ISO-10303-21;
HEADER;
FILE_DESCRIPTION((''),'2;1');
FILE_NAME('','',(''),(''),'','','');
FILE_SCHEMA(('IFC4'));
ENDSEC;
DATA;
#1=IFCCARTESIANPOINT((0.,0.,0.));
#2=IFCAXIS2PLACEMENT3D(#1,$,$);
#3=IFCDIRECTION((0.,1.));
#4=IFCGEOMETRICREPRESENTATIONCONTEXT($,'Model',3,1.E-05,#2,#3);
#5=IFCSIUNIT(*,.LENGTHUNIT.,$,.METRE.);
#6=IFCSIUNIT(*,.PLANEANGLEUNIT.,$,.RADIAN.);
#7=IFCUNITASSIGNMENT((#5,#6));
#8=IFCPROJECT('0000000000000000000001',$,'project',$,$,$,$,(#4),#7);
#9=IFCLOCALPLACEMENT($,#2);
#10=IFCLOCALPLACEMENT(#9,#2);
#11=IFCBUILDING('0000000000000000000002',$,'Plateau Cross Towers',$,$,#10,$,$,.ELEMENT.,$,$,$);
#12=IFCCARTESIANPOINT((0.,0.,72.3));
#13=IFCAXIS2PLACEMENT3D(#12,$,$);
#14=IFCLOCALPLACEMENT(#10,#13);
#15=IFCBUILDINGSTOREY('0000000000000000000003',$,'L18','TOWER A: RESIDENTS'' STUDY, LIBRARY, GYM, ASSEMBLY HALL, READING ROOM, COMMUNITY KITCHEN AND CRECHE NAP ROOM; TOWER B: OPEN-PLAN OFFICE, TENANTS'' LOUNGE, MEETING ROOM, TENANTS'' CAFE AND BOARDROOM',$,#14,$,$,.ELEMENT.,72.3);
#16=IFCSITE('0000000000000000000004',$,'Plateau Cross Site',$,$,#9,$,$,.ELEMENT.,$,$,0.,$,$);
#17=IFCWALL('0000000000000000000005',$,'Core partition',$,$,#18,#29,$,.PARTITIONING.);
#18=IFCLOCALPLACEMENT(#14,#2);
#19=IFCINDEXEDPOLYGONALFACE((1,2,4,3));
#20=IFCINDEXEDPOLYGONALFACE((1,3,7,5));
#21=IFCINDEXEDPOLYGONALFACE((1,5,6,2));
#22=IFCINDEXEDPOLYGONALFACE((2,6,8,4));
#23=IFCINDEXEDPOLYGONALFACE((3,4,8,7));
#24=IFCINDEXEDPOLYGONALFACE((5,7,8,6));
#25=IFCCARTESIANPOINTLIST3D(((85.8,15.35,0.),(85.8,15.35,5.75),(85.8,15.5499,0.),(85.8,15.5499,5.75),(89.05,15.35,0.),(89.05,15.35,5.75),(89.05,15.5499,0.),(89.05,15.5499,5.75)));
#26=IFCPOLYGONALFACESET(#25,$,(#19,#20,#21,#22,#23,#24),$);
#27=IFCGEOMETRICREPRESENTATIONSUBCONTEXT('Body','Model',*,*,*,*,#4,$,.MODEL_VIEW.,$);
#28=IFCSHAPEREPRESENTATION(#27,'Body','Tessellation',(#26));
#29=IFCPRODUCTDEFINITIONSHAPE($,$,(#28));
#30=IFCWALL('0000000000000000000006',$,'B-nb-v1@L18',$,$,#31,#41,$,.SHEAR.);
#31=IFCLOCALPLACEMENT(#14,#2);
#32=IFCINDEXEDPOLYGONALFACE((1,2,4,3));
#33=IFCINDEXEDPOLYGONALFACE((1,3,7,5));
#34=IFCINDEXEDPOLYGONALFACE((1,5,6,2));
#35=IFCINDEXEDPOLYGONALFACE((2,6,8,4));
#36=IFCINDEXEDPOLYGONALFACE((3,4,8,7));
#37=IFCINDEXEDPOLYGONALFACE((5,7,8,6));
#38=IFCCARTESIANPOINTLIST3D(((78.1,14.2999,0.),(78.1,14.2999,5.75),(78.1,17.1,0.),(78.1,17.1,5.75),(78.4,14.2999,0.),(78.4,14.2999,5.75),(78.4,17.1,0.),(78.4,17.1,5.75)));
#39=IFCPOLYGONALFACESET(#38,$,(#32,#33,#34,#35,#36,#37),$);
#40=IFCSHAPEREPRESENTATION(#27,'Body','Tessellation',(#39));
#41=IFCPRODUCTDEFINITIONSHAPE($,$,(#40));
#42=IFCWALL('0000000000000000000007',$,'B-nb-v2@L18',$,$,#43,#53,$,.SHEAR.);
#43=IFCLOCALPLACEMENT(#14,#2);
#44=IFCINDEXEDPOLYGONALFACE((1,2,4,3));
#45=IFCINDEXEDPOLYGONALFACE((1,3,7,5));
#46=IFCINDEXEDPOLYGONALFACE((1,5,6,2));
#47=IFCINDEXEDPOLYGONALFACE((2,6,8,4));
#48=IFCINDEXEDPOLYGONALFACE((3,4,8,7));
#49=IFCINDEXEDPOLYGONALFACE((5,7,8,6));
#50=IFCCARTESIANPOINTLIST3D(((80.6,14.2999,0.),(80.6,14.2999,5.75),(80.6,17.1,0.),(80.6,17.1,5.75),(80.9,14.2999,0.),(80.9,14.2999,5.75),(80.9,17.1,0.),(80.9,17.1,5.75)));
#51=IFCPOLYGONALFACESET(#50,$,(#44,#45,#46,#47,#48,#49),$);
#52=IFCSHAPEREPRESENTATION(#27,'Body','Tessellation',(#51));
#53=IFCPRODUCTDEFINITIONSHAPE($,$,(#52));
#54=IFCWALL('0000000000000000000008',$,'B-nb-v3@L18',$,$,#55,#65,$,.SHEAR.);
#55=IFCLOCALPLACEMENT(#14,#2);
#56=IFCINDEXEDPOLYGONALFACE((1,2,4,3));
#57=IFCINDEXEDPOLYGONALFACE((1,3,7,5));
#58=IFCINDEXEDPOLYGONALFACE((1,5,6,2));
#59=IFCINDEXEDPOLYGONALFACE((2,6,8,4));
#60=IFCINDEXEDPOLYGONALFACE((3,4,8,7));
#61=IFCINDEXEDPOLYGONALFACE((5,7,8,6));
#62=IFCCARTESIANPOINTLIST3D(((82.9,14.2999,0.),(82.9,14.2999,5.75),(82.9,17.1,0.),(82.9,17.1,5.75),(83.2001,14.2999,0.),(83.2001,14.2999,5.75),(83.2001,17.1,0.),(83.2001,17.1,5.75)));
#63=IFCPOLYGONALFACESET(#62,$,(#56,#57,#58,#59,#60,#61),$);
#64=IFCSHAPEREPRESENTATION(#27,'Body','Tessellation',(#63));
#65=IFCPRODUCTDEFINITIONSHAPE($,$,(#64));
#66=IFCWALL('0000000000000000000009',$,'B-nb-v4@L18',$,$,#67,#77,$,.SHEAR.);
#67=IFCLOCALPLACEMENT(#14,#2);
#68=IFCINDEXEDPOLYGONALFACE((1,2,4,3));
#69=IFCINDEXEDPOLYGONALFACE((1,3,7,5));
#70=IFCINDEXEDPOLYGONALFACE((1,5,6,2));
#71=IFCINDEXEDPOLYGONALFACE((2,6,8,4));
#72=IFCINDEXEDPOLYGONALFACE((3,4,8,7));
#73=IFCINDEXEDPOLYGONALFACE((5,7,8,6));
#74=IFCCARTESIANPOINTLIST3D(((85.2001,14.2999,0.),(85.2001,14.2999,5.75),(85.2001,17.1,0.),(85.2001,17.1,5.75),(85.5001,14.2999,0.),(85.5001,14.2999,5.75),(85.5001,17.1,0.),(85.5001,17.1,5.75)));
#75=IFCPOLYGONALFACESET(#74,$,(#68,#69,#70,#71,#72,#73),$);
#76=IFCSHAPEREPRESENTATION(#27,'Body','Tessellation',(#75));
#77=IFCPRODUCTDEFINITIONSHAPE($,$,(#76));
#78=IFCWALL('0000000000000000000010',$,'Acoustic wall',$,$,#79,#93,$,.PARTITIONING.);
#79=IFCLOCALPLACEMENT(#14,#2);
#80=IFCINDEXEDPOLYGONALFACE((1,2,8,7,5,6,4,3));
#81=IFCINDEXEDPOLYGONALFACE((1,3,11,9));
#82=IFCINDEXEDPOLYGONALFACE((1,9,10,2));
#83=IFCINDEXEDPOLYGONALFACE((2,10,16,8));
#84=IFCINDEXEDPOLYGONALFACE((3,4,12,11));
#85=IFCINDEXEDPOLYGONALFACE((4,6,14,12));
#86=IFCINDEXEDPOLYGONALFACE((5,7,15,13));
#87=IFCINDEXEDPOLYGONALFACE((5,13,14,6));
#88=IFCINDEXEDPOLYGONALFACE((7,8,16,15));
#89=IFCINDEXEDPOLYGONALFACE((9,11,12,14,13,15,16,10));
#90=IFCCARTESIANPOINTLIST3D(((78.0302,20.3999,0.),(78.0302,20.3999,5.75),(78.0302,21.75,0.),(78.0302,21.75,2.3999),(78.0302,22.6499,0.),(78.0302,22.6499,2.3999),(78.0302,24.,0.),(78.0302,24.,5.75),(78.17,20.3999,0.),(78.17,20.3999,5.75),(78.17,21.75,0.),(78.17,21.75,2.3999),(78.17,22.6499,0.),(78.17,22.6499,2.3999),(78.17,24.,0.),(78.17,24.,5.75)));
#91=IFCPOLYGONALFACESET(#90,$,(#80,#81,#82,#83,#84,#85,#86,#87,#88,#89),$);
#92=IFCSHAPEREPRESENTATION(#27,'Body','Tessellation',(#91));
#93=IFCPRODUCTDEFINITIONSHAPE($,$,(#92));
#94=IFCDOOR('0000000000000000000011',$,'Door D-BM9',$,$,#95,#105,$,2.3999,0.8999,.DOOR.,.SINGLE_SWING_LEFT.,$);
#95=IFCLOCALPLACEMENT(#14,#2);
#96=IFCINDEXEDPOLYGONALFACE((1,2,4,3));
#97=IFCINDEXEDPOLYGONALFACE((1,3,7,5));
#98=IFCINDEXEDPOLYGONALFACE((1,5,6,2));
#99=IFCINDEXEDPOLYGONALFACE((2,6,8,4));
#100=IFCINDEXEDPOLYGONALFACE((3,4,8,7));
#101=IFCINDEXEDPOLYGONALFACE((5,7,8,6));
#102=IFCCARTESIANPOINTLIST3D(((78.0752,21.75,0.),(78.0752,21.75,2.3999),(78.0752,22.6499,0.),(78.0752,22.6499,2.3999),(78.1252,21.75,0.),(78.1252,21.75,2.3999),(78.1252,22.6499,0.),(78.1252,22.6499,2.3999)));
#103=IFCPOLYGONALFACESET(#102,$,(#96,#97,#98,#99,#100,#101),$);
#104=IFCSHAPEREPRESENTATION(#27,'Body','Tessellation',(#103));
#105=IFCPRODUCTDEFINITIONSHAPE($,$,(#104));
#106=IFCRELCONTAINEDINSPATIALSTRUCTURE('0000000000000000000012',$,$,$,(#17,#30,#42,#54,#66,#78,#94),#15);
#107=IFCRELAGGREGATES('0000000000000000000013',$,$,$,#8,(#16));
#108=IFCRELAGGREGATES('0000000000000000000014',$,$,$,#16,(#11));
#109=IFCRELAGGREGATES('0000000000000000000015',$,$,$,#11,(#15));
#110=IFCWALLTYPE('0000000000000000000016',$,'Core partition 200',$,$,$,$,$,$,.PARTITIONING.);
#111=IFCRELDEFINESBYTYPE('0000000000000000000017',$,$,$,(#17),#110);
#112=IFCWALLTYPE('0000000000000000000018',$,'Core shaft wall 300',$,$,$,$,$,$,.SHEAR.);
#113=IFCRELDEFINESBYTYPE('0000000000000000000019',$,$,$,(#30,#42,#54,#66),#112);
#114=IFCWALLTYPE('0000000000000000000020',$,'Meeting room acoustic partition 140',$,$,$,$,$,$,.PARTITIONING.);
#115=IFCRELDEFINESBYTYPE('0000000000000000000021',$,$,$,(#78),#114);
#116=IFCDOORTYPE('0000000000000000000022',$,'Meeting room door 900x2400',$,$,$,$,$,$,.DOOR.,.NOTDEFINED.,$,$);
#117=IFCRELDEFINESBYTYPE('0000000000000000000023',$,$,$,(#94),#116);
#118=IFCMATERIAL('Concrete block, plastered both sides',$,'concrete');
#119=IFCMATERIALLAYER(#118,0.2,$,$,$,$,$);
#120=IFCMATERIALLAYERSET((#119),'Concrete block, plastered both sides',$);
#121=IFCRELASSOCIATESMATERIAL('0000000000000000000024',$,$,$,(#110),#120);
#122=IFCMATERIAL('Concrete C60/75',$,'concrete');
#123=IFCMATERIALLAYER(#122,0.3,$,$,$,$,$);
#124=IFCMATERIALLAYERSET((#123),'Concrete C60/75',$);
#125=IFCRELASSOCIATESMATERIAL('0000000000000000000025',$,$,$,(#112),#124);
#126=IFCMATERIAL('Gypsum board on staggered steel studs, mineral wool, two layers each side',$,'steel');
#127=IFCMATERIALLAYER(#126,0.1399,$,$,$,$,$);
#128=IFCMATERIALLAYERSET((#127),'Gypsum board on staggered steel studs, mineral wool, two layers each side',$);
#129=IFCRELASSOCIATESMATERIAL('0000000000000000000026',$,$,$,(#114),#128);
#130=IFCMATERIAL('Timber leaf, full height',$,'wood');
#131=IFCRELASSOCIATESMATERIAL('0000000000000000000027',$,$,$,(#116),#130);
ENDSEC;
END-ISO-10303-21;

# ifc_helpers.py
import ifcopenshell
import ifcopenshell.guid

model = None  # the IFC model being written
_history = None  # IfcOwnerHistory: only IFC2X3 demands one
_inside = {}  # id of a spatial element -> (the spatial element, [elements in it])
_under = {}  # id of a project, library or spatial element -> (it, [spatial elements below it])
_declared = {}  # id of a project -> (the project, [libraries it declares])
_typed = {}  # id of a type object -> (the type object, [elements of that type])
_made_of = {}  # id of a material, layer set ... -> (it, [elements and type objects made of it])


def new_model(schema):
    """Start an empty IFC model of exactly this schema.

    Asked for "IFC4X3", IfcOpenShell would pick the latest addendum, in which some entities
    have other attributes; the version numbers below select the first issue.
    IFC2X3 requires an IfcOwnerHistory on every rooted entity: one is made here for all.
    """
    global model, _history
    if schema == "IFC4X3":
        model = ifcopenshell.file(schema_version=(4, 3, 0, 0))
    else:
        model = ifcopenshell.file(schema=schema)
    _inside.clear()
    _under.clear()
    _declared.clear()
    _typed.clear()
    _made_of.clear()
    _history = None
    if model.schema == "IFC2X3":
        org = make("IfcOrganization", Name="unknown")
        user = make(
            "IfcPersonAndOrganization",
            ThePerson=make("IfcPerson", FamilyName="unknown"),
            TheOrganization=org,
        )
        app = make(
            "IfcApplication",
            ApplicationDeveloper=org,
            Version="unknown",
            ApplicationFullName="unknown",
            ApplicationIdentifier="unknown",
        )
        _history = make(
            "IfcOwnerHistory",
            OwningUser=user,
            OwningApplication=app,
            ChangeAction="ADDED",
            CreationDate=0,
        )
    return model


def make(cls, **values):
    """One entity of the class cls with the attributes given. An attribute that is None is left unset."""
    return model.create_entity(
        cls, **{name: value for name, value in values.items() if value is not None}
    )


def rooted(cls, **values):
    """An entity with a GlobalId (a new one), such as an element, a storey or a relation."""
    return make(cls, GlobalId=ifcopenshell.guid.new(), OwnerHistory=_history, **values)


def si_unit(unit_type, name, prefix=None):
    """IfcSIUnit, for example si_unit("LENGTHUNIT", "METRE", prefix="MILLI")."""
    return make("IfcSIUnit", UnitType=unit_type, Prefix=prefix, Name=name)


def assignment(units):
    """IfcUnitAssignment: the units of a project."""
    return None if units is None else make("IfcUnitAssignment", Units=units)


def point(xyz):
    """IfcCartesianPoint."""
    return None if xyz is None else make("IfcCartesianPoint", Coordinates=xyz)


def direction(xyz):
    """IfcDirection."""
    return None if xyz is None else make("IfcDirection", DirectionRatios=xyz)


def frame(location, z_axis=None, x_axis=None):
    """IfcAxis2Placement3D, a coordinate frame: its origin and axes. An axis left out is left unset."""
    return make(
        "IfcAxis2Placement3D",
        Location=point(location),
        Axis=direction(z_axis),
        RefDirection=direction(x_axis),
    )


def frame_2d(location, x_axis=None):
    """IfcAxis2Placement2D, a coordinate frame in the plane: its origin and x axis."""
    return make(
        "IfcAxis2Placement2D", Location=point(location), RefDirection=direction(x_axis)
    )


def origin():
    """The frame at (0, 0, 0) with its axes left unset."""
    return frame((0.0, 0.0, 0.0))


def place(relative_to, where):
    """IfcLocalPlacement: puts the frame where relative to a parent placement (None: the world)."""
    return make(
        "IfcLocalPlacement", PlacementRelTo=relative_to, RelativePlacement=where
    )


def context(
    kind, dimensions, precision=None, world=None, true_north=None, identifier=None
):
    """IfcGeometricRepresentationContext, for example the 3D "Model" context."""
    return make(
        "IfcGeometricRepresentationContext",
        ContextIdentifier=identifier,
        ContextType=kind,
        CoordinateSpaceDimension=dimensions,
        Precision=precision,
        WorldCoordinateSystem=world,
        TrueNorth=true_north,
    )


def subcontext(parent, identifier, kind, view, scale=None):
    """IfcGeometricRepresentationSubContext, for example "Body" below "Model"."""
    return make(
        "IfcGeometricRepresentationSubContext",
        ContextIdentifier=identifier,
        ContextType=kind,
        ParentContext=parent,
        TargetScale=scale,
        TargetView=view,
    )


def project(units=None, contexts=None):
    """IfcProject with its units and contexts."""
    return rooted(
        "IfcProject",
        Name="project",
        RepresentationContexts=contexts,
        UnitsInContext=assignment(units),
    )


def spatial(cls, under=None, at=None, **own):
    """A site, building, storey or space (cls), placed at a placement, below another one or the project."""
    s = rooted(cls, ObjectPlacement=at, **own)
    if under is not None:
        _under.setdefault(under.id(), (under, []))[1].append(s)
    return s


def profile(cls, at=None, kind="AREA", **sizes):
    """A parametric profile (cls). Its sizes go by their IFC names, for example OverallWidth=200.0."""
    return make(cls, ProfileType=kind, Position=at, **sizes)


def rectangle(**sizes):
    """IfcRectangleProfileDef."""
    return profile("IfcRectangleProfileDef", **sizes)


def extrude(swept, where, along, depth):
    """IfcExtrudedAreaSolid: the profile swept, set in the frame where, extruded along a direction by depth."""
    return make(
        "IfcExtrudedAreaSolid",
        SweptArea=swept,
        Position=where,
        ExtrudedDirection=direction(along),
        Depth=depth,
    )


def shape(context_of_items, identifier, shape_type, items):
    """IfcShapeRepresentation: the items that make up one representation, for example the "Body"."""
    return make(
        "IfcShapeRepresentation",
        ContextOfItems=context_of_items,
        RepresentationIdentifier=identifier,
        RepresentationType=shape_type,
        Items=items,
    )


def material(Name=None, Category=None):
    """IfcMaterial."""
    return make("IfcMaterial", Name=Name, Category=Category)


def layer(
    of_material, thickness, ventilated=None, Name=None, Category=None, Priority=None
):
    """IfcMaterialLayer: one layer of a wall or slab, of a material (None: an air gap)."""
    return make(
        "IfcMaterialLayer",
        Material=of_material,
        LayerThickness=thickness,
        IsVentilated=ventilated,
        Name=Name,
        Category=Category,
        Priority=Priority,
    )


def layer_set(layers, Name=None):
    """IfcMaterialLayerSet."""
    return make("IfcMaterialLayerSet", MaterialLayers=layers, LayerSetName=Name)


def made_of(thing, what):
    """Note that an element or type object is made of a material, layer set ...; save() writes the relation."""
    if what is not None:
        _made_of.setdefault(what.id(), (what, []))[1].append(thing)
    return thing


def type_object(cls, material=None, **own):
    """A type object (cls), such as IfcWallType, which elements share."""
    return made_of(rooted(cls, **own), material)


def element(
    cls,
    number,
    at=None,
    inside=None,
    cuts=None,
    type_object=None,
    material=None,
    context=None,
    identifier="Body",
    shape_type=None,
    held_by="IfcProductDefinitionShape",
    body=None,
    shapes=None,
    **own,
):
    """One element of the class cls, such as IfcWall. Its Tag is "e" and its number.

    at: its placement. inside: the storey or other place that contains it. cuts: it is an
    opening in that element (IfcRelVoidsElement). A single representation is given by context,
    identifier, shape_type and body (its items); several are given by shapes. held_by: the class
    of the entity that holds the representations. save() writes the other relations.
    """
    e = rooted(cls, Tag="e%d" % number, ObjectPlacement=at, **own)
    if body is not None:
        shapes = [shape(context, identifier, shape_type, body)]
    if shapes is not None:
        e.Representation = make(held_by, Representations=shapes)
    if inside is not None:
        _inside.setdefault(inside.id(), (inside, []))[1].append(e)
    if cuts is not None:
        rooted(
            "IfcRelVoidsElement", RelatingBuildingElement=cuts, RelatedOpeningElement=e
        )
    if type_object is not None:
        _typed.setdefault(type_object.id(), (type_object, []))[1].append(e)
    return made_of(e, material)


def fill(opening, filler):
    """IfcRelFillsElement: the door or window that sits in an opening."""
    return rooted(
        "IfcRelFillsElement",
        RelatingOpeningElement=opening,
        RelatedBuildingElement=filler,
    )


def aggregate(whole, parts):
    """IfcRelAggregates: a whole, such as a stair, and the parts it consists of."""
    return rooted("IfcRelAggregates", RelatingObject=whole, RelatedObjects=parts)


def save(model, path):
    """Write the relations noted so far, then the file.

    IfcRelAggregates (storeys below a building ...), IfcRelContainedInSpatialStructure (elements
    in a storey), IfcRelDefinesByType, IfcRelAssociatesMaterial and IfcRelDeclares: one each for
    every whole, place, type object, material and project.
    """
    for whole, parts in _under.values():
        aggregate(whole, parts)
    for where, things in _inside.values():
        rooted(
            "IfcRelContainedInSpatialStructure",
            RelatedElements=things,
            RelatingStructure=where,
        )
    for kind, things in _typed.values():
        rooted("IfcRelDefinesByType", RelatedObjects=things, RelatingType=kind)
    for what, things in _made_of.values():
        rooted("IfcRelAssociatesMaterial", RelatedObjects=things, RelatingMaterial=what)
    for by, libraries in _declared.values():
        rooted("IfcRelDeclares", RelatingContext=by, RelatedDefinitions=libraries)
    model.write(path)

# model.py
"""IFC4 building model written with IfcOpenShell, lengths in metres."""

from ifc_helpers import new_model, si_unit, direction, frame, frame_2d, origin, place, context, subcontext, project, spatial, rectangle, extrude, material, layer, layer_set, type_object, element, fill, save


model = new_model("IFC4")

# Units and contexts
model_context = context("Model", 3, precision=1e-05, world=origin(), true_north=direction((0.0, 1.0)))
body_context = subcontext(model_context, "Body", "Model", "MODEL_VIEW")
ifc_project = project(units=[si_unit("LENGTHUNIT", "METRE"), si_unit("PLANEANGLEUNIT", "RADIAN")], contexts=[model_context])

# Site, building, storey
site_placement = place(None, origin())
site = spatial("IfcSite", under=ifc_project, at=site_placement, Name="Plateau Cross Site", CompositionType="ELEMENT", RefElevation=0.0)
building_placement = place(site_placement, origin())
building = spatial("IfcBuilding", under=site, at=building_placement, Name="Plateau Cross Towers", CompositionType="ELEMENT")
storey_placement = place(building_placement, frame((0.0, 0.0, 72.3)))
storey = spatial("IfcBuildingStorey", under=building, at=storey_placement, Name="L18", Description="TOWER A: RESIDENTS' STUDY, LIBRARY, GYM, ASSEMBLY HALL, READING ROOM, COMMUNITY KITCHEN AND CRECHE NAP ROOM; TOWER B: OPEN-PLAN OFFICE, TENANTS' LOUNGE, MEETING ROOM, TENANTS' CAFE AND BOARDROOM", CompositionType="ELEMENT", Elevation=72.3)

# Shared definitions
ifc_material_1 = material(Name="Concrete C60/75", Category="concrete")

# Shared definitions
ifc_material_2 = material(Name="Concrete block, plastered both sides", Category="concrete")
ifc_layer_1 = layer(ifc_material_2, 0.2)
ifc_layer_set_1 = layer_set([ifc_layer_1], Name="Concrete block, plastered both sides")
wall_type_1 = type_object("IfcWallType", Name="Core partition 200", PredefinedType="PARTITIONING", material=ifc_layer_set_1)

# Walls
wall_1_placement = place(storey_placement, frame((85.8, 15.45, 0.0), z_axis=(0.0, 0.0, 1.0), x_axis=(1.0, 0.0, 0.0)))
element("IfcWall", 1, at=wall_1_placement, inside=storey, type_object=wall_type_1, Name="Core partition", PredefinedType="PARTITIONING", context=body_context, shape_type="SweptSolid", body=[
    extrude(rectangle(XDim=3.25, YDim=0.2, at=frame_2d((1.625, 0.0))), origin(), (0.0, 0.0, 1.0), 5.75),
])
ifc_layer_2 = layer(ifc_material_1, 0.3)
ifc_layer_set_2 = layer_set([ifc_layer_2], Name="Concrete C60/75")
wall_type_2 = type_object("IfcWallType", Name="Core shaft wall 300", PredefinedType="SHEAR", material=ifc_layer_set_2)
for number, where, z_axis, x_axis, name in (
    (2, (78.25, 14.3, 0.0), (0.0, 0.0, 1.0), (0.0, 1.0, 0.0), "B-nb-v1@L18"),
    (3, (80.75, 14.3, 0.0), (0.0, 0.0, 1.0), (0.0, 1.0, 0.0), "B-nb-v2@L18"),
    (4, (83.05, 14.3, 0.0), (0.0, 0.0, 1.0), (0.0, 1.0, 0.0), "B-nb-v3@L18"),
    (5, (85.3501, 14.3, 0.0), (0.0, 0.0, 1.0), (0.0, 1.0, 0.0), "B-nb-v4@L18"),
):
    element("IfcWall", number, at=place(storey_placement, frame(where, z_axis=z_axis, x_axis=x_axis)), inside=storey, type_object=wall_type_2, Name=name, PredefinedType="SHEAR", context=body_context, shape_type="SweptSolid", body=[
        extrude(rectangle(XDim=2.8, YDim=0.3, at=frame_2d((1.3999, 0.0))), origin(), (0.0, 0.0, 1.0), 5.75),
    ])

# Wall, opening, door
ifc_material_3 = material(Name="Gypsum board on staggered steel studs, mineral wool, two layers each side", Category="steel")
ifc_layer_3 = layer(ifc_material_3, 0.1399)
ifc_layer_set_3 = layer_set([ifc_layer_3], Name="Gypsum board on staggered steel studs, mineral wool, two layers each side")
wall_type_3 = type_object("IfcWallType", Name="Meeting room acoustic partition 140", PredefinedType="PARTITIONING", material=ifc_layer_set_3)
wall_2_placement = place(storey_placement, frame((78.1001, 20.3999, 0.0), z_axis=(0.0, 0.0, 1.0), x_axis=(0.0, 1.0, 0.0)))
wall_2 = element("IfcWall", 6, at=wall_2_placement, inside=storey, type_object=wall_type_3, Name="Acoustic wall", PredefinedType="PARTITIONING", context=body_context, shape_type="SweptSolid", body=[
    extrude(rectangle(XDim=3.6001, YDim=0.1399, at=frame_2d((1.8, 0.0))), origin(), (0.0, 0.0, 1.0), 5.75),
])
opening_1_placement = place(wall_2_placement, frame((1.3501, 0.0, 0.0)))
opening_1 = element("IfcOpeningElement", 7, at=opening_1_placement, cuts=wall_2, PredefinedType="OPENING", context=body_context, shape_type="SweptSolid", body=[
    extrude(rectangle(XDim=0.8999, YDim=2.3999, at=frame_2d((0.45, 1.2))), frame((0.0, 0.0798, 0.0), z_axis=(0.0, -1.0, 0.0), x_axis=(1.0, 0.0, 0.0)), (0.0, 0.0, 1.0), 0.1599),
])
ifc_material_4 = material(Name="Timber leaf, full height", Category="wood")
door_type_1 = type_object("IfcDoorType", Name="Meeting room door 900x2400", OperationType="NOTDEFINED", PredefinedType="DOOR", material=ifc_material_4)
door_1_placement = place(opening_1_placement, origin())
door_1 = element("IfcDoor", 8, at=door_1_placement, inside=storey, type_object=door_type_1, Name="Door D-BM9", OperationType="SINGLE_SWING_LEFT", OverallHeight=2.3999, OverallWidth=0.8999, PredefinedType="DOOR", context=body_context, shape_type="SweptSolid", body=[
    extrude(rectangle(XDim=0.8999, YDim=2.3999, at=frame_2d((0.45, 1.2))), frame((0.0, 0.0249, 0.0), z_axis=(0.0, -1.0, 0.0), x_axis=(1.0, 0.0, 0.0)), (0.0, 0.0, 1.0), 0.05),
])
fill(opening_1, door_1)

save(model, "model.ifc")
